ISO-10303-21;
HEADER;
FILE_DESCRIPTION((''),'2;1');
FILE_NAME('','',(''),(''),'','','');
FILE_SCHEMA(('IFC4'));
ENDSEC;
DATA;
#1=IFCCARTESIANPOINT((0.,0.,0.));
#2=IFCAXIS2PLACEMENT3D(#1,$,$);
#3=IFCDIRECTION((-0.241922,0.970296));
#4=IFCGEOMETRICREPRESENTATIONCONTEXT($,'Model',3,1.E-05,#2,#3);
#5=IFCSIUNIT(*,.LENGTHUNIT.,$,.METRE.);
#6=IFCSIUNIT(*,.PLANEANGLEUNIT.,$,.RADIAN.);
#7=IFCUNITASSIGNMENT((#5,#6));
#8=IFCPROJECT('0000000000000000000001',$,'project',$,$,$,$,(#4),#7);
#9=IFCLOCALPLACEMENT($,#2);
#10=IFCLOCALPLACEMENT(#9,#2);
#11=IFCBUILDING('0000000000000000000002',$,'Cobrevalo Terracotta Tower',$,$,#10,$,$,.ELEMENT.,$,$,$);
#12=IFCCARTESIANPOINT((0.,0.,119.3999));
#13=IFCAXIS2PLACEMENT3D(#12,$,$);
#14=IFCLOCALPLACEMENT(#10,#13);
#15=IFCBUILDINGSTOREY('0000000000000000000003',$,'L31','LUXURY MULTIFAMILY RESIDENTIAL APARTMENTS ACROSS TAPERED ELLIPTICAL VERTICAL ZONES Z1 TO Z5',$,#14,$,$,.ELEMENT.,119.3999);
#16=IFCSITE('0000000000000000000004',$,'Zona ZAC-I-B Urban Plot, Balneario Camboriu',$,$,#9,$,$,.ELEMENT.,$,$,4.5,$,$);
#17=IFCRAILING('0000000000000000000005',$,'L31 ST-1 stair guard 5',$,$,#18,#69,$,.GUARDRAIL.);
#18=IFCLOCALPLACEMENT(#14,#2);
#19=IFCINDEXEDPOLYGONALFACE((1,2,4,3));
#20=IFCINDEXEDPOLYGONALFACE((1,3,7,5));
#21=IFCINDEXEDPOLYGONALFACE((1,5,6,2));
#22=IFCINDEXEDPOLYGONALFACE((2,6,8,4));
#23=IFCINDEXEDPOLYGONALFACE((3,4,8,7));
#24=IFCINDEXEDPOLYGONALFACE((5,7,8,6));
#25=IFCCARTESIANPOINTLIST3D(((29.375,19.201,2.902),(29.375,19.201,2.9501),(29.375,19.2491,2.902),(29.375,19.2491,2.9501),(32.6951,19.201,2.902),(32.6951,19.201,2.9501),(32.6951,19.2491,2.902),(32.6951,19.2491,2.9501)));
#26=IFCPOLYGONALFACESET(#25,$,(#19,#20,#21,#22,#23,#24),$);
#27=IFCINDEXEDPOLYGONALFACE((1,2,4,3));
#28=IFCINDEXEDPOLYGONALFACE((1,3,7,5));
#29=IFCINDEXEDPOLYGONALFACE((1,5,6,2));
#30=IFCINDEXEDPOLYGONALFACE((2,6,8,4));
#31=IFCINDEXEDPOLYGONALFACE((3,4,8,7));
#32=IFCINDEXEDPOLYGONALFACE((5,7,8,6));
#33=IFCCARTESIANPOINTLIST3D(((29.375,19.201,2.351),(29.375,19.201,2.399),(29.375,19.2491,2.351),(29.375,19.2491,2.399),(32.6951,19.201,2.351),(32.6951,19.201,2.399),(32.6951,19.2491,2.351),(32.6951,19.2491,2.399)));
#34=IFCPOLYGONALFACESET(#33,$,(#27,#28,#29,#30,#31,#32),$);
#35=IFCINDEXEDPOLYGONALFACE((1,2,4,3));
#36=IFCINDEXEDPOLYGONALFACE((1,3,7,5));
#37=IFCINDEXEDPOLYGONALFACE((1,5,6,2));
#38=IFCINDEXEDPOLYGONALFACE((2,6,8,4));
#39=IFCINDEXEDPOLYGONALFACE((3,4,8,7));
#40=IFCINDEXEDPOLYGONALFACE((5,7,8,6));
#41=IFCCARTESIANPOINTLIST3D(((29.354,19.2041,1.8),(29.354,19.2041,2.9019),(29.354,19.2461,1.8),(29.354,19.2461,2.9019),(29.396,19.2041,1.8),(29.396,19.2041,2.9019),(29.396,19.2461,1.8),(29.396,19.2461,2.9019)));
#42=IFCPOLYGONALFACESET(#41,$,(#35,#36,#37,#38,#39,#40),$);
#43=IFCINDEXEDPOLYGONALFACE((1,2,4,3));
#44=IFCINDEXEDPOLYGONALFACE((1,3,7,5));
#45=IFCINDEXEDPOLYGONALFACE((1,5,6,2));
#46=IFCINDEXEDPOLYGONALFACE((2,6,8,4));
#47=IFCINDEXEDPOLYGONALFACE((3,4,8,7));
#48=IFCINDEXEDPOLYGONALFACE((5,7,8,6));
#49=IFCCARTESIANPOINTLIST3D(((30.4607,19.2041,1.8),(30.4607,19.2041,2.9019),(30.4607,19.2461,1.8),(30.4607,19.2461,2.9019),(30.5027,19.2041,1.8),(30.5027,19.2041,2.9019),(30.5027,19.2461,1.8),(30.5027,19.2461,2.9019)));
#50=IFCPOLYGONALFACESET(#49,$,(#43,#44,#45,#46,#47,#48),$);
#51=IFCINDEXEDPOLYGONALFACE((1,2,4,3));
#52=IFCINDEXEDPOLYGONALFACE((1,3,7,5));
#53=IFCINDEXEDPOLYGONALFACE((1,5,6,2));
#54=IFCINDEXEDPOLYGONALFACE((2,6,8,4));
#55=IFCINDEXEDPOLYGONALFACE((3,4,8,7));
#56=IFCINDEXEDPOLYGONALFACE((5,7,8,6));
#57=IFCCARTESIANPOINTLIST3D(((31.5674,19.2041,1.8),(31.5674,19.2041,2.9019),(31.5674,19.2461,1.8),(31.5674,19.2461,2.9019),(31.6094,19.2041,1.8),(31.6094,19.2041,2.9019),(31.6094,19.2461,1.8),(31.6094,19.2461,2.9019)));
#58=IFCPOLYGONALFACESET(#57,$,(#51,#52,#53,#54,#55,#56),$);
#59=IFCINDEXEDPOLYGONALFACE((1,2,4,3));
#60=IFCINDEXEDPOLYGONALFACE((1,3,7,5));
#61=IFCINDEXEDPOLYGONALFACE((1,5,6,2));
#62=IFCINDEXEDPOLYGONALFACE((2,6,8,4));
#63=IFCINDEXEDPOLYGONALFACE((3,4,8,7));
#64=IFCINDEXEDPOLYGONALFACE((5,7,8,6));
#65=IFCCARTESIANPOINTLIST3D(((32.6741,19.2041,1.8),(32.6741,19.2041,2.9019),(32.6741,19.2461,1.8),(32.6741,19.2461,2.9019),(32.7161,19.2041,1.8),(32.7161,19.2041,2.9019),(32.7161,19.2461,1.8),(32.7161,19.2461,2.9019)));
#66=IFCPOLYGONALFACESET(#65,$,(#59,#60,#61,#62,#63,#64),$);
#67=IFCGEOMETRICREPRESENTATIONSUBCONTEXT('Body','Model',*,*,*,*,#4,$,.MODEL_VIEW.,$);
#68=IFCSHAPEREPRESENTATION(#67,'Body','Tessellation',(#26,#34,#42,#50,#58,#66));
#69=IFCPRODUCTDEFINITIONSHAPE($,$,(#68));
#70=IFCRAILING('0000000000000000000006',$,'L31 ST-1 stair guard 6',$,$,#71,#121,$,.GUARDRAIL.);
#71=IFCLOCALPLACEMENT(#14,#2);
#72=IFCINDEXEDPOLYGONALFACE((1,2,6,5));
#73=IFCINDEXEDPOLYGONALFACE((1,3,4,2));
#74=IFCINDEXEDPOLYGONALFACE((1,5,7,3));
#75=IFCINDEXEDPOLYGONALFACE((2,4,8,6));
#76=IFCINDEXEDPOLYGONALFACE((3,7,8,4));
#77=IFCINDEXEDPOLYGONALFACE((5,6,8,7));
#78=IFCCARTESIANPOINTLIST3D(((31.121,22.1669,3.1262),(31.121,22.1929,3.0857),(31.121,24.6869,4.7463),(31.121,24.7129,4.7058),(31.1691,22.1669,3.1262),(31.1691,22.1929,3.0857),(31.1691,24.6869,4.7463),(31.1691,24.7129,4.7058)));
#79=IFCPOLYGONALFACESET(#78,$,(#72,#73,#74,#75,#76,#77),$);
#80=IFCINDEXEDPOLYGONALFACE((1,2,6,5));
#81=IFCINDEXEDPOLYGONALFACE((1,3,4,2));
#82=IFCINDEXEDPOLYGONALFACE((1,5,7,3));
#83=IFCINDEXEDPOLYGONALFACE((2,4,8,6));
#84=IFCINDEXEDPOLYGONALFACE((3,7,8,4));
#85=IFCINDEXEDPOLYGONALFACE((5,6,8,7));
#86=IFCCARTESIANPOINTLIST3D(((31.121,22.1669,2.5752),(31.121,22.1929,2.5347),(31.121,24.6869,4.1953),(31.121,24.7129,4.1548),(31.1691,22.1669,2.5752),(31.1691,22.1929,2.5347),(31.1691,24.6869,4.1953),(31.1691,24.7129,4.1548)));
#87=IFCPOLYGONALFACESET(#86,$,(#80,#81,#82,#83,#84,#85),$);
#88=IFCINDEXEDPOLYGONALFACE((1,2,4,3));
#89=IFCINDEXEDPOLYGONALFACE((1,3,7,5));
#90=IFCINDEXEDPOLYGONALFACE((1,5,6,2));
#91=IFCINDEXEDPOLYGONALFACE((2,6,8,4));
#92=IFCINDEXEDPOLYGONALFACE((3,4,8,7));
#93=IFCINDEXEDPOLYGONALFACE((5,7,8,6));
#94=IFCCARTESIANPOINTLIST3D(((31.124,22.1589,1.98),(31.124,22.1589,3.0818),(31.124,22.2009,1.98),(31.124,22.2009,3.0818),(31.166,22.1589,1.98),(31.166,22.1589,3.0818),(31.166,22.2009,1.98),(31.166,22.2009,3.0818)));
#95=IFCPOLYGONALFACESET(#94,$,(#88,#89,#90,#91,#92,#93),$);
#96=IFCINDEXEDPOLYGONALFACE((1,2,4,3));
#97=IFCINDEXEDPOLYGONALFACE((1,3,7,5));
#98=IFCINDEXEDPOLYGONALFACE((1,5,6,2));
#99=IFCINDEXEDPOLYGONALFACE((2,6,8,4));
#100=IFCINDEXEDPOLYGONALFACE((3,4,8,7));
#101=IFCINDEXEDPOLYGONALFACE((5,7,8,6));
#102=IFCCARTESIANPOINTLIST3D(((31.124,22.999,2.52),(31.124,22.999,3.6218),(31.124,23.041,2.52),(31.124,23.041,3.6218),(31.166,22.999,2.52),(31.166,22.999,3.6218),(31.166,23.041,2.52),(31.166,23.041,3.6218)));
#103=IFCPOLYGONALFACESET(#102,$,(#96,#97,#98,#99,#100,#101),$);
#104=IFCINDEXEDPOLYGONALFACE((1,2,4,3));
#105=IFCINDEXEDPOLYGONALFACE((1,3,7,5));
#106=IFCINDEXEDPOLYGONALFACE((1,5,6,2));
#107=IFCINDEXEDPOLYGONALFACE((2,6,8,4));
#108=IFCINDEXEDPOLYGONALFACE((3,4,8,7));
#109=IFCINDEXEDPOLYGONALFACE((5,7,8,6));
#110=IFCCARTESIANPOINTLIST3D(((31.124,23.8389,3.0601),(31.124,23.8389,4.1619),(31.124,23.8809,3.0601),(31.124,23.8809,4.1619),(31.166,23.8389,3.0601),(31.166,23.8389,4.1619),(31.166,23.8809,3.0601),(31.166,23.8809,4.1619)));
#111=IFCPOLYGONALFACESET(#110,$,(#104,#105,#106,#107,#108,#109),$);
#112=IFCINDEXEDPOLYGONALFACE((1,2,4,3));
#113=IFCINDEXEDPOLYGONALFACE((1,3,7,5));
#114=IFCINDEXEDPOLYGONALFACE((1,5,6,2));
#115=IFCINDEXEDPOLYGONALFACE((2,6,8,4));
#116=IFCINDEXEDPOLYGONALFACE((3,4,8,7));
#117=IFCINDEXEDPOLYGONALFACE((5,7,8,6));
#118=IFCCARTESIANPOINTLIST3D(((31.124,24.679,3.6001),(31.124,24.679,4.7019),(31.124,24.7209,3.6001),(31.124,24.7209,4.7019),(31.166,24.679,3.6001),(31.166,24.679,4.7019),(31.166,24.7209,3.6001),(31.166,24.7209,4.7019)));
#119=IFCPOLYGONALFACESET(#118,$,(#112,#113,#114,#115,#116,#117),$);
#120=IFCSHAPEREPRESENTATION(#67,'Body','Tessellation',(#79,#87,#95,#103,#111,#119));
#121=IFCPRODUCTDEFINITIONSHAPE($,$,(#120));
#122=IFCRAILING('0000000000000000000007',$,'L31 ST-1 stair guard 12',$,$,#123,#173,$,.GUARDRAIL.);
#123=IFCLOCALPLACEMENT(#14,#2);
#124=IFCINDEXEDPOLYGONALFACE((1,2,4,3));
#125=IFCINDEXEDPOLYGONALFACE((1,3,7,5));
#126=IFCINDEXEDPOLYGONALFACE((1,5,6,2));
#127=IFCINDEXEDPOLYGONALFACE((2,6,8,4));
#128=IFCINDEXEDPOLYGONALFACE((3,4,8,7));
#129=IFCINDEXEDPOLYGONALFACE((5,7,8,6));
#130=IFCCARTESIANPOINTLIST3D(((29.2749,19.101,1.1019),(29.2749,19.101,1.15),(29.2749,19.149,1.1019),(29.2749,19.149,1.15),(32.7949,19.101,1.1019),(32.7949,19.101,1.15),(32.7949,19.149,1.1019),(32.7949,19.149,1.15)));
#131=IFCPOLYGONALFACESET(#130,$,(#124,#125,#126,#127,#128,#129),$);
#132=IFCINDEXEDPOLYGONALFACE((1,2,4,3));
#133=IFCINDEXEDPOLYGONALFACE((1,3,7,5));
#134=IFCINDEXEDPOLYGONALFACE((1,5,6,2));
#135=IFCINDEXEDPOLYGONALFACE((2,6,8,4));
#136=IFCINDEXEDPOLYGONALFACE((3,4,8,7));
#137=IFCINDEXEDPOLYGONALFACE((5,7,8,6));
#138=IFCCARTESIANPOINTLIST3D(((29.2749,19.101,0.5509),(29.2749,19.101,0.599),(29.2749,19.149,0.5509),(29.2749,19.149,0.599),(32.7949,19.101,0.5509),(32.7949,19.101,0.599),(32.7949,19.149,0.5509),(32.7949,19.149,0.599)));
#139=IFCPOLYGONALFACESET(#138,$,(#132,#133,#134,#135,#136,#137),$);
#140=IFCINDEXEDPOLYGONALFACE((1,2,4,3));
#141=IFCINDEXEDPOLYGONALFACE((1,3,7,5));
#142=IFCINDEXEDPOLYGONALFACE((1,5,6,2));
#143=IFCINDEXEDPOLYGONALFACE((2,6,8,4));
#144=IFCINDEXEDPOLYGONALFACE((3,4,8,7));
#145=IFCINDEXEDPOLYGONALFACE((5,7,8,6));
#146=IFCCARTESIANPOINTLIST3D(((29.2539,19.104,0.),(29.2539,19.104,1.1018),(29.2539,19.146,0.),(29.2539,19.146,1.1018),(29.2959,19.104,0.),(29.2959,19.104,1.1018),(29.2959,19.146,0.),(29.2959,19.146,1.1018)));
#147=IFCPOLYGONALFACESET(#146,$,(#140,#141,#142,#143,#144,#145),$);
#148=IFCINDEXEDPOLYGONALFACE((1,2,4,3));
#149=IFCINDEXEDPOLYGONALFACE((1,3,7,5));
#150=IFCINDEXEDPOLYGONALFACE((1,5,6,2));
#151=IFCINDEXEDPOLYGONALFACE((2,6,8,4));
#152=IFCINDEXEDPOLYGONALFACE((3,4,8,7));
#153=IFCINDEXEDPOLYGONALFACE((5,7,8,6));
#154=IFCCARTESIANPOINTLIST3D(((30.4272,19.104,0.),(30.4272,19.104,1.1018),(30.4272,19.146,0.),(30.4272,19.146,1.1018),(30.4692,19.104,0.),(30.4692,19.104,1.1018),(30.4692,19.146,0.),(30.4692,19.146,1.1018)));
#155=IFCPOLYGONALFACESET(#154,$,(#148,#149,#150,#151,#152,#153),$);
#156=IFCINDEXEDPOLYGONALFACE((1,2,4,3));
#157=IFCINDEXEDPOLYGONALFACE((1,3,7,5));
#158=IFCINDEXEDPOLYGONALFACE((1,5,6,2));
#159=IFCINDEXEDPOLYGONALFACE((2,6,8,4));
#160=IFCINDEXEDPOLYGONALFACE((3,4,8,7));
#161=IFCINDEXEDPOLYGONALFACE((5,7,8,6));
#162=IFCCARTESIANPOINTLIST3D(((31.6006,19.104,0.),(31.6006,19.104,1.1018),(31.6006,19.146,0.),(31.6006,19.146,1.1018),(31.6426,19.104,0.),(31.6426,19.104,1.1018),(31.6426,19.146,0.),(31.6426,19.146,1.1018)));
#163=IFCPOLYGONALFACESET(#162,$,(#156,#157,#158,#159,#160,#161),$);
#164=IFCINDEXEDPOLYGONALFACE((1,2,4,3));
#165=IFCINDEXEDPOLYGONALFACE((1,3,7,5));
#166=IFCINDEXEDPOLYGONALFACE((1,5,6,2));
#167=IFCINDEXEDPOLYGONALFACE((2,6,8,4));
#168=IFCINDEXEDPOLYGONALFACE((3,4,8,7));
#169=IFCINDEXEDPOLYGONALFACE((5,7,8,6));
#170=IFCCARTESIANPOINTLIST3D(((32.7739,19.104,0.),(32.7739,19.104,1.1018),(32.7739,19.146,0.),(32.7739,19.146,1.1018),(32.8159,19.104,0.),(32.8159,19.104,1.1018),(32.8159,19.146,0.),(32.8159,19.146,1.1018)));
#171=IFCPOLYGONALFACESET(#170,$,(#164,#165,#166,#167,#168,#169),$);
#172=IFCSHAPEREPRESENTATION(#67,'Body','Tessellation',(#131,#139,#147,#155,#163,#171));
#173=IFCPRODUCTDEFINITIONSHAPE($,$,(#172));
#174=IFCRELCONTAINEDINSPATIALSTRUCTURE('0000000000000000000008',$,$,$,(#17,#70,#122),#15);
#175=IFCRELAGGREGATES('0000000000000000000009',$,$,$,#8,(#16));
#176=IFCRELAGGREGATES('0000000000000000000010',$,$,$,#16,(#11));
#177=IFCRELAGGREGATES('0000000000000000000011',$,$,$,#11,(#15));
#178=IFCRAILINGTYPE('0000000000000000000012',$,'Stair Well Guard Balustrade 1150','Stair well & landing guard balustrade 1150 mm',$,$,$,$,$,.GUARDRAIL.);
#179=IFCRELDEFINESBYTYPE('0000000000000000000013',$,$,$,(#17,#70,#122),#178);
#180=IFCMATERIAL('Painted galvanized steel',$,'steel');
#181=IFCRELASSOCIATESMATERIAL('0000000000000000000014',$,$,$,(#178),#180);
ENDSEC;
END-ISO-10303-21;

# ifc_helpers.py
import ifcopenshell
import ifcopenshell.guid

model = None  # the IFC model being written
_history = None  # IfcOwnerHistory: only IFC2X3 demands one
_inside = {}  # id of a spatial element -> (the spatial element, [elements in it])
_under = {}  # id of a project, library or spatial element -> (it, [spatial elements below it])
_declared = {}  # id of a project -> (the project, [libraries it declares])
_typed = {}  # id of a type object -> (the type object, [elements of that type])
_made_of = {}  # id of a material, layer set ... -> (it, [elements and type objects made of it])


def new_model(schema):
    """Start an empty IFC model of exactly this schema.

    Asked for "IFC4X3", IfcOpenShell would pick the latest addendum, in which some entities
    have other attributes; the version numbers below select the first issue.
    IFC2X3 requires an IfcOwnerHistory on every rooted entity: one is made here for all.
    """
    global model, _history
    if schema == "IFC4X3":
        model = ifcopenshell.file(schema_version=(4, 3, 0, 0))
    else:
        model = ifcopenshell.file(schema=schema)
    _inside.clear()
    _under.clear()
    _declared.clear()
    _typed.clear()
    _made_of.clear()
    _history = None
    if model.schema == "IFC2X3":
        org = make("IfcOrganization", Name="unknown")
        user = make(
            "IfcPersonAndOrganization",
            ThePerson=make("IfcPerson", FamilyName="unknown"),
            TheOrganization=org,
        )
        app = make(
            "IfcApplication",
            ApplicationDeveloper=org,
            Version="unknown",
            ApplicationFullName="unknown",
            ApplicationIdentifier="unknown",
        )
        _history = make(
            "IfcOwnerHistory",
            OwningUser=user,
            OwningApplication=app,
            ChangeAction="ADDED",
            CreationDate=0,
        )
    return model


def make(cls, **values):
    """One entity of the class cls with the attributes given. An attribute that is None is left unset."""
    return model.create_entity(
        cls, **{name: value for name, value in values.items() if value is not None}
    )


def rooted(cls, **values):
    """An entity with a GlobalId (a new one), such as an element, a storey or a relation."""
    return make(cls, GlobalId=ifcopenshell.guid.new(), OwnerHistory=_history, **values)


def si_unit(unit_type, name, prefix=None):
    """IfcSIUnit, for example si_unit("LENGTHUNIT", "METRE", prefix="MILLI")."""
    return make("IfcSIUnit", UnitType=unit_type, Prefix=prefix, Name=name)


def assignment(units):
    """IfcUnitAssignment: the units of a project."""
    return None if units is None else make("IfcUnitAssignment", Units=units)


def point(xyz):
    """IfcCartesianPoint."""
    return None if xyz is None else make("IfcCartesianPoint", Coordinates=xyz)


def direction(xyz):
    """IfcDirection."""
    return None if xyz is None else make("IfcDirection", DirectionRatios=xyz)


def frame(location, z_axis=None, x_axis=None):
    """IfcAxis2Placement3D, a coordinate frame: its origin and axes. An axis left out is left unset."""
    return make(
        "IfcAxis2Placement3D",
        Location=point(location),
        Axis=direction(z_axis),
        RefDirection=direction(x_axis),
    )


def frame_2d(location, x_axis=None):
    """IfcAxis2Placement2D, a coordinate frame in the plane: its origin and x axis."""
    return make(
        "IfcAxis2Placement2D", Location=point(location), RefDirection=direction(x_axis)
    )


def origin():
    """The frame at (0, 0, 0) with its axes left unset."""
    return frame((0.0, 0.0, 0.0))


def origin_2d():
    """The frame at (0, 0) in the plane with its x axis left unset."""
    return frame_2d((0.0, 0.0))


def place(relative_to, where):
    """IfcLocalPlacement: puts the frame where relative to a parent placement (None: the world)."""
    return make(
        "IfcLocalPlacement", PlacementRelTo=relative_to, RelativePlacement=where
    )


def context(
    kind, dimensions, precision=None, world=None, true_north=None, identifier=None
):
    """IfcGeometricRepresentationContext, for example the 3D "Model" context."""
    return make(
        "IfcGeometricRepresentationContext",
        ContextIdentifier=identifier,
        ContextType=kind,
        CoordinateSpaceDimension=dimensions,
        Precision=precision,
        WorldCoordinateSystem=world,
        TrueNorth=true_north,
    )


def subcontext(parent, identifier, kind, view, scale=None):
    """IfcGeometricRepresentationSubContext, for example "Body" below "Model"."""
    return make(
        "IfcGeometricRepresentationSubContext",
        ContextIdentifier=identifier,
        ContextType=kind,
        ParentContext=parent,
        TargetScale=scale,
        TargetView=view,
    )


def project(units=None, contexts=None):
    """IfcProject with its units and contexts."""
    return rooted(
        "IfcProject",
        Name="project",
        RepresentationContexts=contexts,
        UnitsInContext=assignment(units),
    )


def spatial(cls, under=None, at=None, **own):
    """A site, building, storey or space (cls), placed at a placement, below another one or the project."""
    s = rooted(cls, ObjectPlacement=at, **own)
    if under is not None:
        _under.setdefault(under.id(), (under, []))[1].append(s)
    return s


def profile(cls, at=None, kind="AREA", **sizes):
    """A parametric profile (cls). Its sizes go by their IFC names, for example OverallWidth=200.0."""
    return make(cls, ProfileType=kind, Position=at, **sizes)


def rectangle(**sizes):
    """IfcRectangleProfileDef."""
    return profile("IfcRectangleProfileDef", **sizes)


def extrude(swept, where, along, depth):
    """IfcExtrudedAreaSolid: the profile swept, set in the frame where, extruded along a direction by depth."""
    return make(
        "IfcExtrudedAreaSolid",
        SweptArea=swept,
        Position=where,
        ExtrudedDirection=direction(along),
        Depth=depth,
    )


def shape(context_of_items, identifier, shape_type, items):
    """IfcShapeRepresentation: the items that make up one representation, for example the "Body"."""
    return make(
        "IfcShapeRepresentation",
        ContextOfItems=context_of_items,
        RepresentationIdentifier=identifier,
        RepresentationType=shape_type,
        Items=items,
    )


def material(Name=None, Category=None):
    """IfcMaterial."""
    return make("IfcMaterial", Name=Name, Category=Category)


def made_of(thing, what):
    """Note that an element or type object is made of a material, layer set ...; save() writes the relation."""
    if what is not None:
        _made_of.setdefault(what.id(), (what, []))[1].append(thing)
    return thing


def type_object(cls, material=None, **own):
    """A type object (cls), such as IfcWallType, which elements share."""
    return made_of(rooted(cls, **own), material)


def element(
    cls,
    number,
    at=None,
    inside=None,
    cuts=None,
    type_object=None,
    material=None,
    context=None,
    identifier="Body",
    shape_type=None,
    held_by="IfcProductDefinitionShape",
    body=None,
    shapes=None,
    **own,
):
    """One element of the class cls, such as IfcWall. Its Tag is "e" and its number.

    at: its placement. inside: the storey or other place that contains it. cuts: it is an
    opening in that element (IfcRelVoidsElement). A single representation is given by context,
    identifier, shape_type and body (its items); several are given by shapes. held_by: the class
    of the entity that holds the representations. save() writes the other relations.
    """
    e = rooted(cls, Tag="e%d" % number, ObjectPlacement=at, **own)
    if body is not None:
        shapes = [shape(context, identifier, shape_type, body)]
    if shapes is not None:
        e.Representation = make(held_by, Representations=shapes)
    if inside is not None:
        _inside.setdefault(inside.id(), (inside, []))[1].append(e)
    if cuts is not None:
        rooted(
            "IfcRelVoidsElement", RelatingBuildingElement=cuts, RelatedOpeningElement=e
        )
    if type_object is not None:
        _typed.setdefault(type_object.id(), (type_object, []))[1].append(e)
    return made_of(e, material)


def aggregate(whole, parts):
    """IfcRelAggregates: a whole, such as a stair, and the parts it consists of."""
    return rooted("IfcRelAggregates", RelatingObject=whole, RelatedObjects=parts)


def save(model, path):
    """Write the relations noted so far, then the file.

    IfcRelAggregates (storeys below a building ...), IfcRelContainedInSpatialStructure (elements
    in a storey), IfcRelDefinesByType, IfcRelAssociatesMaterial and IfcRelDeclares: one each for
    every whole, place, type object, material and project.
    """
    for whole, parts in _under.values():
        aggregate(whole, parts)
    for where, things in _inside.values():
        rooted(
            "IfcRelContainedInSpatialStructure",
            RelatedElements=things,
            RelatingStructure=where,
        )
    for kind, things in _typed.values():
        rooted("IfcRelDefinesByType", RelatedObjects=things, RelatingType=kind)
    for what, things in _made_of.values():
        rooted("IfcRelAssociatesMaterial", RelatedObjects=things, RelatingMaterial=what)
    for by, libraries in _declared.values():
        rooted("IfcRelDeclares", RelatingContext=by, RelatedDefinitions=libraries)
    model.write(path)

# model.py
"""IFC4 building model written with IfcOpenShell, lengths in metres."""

from ifc_helpers import new_model, si_unit, direction, frame, origin, origin_2d, place, context, subcontext, project, spatial, rectangle, extrude, material, type_object, element, save


model = new_model("IFC4")

# Units and contexts
model_context = context("Model", 3, precision=1e-05, world=origin(), true_north=direction((-0.241922, 0.970296)))
body_context = subcontext(model_context, "Body", "Model", "MODEL_VIEW")
ifc_project = project(units=[si_unit("LENGTHUNIT", "METRE"), si_unit("PLANEANGLEUNIT", "RADIAN")], contexts=[model_context])

# Site, building, storey
site_placement = place(None, origin())
site = spatial("IfcSite", under=ifc_project, at=site_placement, Name="Zona ZAC-I-B Urban Plot, Balneario Camboriu", CompositionType="ELEMENT", RefElevation=4.5)
building_placement = place(site_placement, origin())
building = spatial("IfcBuilding", under=site, at=building_placement, Name="Cobrevalo Terracotta Tower", CompositionType="ELEMENT")
storey_placement = place(building_placement, frame((0.0, 0.0, 119.3999)))
storey = spatial("IfcBuildingStorey", under=building, at=storey_placement, Name="L31", Description="LUXURY MULTIFAMILY RESIDENTIAL APARTMENTS ACROSS TAPERED ELLIPTICAL VERTICAL ZONES Z1 TO Z5", CompositionType="ELEMENT", Elevation=119.3999)

# Railings
ifc_material_1 = material(Name="Painted galvanized steel", Category="steel")
railing_type_1 = type_object("IfcRailingType", Name="Stair Well Guard Balustrade 1150", Description="Stair well & landing guard balustrade 1150 mm", PredefinedType="GUARDRAIL", material=ifc_material_1)
railing_1_placement = place(storey_placement, frame((29.375, 19.2251, 1.8)))
element("IfcRailing", 1, at=railing_1_placement, inside=storey, type_object=railing_type_1, Name="L31 ST-1 stair guard 5", PredefinedType="GUARDRAIL", context=body_context, shape_type="SweptSolid", body=[
    extrude(rectangle(XDim=0.0481, YDim=0.0481, at=origin_2d()), frame((0.0, 0.0, 1.126), z_axis=(1.0, 0.0, 0.0), x_axis=(0.0, 1.0, 0.0)), (0.0, 0.0, 1.0), 3.3201),
    extrude(rectangle(XDim=0.0481, YDim=0.0481, at=origin_2d()), frame((0.0, 0.0, 0.575), z_axis=(1.0, 0.0, 0.0), x_axis=(0.0, 1.0, 0.0)), (0.0, 0.0, 1.0), 3.3201),
    extrude(rectangle(XDim=0.042, YDim=0.042, at=origin_2d()), origin(), (0.0, 0.0, 1.0), 1.1018),
    extrude(rectangle(XDim=0.042, YDim=0.042, at=origin_2d()), frame((1.1067, 0.0, 0.0)), (0.0, 0.0, 1.0), 1.1018),
    extrude(rectangle(XDim=0.042, YDim=0.042, at=origin_2d()), frame((2.2134, 0.0, 0.0)), (0.0, 0.0, 1.0), 1.1018),
    extrude(rectangle(XDim=0.042, YDim=0.042, at=origin_2d()), frame((3.3201, 0.0, 0.0)), (0.0, 0.0, 1.0), 1.1018),
])
railing_2_placement = place(storey_placement, frame((31.145, 22.1799, 1.98)))
element("IfcRailing", 2, at=railing_2_placement, inside=storey, type_object=railing_type_1, Name="L31 ST-1 stair guard 6", PredefinedType="GUARDRAIL", context=body_context, shape_type="SweptSolid", body=[
    extrude(rectangle(XDim=0.0481, YDim=0.0481, at=origin_2d()), frame((0.0, 0.0, 1.126), z_axis=(0.0, 0.841163, 0.540782), x_axis=(-1.0, 0.0, 0.0)), (0.0, 0.0, 1.0), 2.9958),
    extrude(rectangle(XDim=0.0481, YDim=0.0481, at=origin_2d()), frame((0.0, 0.0, 0.575), z_axis=(0.0, 0.841163, 0.540782), x_axis=(-1.0, 0.0, 0.0)), (0.0, 0.0, 1.0), 2.9958),
    extrude(rectangle(XDim=0.042, YDim=0.042, at=origin_2d()), origin(), (0.0, 0.0, 1.0), 1.1018),
    extrude(rectangle(XDim=0.042, YDim=0.042, at=origin_2d()), frame((0.0, 0.8401, 0.54)), (0.0, 0.0, 1.0), 1.1018),
    extrude(rectangle(XDim=0.042, YDim=0.042, at=origin_2d()), frame((0.0, 1.6799, 1.0801)), (0.0, 0.0, 1.0), 1.1018),
    extrude(rectangle(XDim=0.042, YDim=0.042, at=origin_2d()), frame((0.0, 2.52, 1.6201)), (0.0, 0.0, 1.0), 1.1018),
])
railing_3_placement = place(storey_placement, frame((29.2749, 19.125, 0.0)))
element("IfcRailing", 3, at=railing_3_placement, inside=storey, type_object=railing_type_1, Name="L31 ST-1 stair guard 12", PredefinedType="GUARDRAIL", context=body_context, shape_type="SweptSolid", body=[
    extrude(rectangle(XDim=0.0481, YDim=0.0481, at=origin_2d()), frame((0.0, 0.0, 1.126), z_axis=(1.0, 0.0, 0.0), x_axis=(0.0, 1.0, 0.0)), (0.0, 0.0, 1.0), 3.52),
    extrude(rectangle(XDim=0.0481, YDim=0.0481, at=origin_2d()), frame((0.0, 0.0, 0.575), z_axis=(1.0, 0.0, 0.0), x_axis=(0.0, 1.0, 0.0)), (0.0, 0.0, 1.0), 3.52),
    extrude(rectangle(XDim=0.042, YDim=0.042, at=origin_2d()), origin(), (0.0, 0.0, 1.0), 1.1018),
    extrude(rectangle(XDim=0.042, YDim=0.042, at=origin_2d()), frame((1.1733, 0.0, 0.0)), (0.0, 0.0, 1.0), 1.1018),
    extrude(rectangle(XDim=0.042, YDim=0.042, at=origin_2d()), frame((2.3467, 0.0, 0.0)), (0.0, 0.0, 1.0), 1.1018),
    extrude(rectangle(XDim=0.042, YDim=0.042, at=origin_2d()), frame((3.52, 0.0, 0.0)), (0.0, 0.0, 1.0), 1.1018),
])

save(model, "model.ifc")
